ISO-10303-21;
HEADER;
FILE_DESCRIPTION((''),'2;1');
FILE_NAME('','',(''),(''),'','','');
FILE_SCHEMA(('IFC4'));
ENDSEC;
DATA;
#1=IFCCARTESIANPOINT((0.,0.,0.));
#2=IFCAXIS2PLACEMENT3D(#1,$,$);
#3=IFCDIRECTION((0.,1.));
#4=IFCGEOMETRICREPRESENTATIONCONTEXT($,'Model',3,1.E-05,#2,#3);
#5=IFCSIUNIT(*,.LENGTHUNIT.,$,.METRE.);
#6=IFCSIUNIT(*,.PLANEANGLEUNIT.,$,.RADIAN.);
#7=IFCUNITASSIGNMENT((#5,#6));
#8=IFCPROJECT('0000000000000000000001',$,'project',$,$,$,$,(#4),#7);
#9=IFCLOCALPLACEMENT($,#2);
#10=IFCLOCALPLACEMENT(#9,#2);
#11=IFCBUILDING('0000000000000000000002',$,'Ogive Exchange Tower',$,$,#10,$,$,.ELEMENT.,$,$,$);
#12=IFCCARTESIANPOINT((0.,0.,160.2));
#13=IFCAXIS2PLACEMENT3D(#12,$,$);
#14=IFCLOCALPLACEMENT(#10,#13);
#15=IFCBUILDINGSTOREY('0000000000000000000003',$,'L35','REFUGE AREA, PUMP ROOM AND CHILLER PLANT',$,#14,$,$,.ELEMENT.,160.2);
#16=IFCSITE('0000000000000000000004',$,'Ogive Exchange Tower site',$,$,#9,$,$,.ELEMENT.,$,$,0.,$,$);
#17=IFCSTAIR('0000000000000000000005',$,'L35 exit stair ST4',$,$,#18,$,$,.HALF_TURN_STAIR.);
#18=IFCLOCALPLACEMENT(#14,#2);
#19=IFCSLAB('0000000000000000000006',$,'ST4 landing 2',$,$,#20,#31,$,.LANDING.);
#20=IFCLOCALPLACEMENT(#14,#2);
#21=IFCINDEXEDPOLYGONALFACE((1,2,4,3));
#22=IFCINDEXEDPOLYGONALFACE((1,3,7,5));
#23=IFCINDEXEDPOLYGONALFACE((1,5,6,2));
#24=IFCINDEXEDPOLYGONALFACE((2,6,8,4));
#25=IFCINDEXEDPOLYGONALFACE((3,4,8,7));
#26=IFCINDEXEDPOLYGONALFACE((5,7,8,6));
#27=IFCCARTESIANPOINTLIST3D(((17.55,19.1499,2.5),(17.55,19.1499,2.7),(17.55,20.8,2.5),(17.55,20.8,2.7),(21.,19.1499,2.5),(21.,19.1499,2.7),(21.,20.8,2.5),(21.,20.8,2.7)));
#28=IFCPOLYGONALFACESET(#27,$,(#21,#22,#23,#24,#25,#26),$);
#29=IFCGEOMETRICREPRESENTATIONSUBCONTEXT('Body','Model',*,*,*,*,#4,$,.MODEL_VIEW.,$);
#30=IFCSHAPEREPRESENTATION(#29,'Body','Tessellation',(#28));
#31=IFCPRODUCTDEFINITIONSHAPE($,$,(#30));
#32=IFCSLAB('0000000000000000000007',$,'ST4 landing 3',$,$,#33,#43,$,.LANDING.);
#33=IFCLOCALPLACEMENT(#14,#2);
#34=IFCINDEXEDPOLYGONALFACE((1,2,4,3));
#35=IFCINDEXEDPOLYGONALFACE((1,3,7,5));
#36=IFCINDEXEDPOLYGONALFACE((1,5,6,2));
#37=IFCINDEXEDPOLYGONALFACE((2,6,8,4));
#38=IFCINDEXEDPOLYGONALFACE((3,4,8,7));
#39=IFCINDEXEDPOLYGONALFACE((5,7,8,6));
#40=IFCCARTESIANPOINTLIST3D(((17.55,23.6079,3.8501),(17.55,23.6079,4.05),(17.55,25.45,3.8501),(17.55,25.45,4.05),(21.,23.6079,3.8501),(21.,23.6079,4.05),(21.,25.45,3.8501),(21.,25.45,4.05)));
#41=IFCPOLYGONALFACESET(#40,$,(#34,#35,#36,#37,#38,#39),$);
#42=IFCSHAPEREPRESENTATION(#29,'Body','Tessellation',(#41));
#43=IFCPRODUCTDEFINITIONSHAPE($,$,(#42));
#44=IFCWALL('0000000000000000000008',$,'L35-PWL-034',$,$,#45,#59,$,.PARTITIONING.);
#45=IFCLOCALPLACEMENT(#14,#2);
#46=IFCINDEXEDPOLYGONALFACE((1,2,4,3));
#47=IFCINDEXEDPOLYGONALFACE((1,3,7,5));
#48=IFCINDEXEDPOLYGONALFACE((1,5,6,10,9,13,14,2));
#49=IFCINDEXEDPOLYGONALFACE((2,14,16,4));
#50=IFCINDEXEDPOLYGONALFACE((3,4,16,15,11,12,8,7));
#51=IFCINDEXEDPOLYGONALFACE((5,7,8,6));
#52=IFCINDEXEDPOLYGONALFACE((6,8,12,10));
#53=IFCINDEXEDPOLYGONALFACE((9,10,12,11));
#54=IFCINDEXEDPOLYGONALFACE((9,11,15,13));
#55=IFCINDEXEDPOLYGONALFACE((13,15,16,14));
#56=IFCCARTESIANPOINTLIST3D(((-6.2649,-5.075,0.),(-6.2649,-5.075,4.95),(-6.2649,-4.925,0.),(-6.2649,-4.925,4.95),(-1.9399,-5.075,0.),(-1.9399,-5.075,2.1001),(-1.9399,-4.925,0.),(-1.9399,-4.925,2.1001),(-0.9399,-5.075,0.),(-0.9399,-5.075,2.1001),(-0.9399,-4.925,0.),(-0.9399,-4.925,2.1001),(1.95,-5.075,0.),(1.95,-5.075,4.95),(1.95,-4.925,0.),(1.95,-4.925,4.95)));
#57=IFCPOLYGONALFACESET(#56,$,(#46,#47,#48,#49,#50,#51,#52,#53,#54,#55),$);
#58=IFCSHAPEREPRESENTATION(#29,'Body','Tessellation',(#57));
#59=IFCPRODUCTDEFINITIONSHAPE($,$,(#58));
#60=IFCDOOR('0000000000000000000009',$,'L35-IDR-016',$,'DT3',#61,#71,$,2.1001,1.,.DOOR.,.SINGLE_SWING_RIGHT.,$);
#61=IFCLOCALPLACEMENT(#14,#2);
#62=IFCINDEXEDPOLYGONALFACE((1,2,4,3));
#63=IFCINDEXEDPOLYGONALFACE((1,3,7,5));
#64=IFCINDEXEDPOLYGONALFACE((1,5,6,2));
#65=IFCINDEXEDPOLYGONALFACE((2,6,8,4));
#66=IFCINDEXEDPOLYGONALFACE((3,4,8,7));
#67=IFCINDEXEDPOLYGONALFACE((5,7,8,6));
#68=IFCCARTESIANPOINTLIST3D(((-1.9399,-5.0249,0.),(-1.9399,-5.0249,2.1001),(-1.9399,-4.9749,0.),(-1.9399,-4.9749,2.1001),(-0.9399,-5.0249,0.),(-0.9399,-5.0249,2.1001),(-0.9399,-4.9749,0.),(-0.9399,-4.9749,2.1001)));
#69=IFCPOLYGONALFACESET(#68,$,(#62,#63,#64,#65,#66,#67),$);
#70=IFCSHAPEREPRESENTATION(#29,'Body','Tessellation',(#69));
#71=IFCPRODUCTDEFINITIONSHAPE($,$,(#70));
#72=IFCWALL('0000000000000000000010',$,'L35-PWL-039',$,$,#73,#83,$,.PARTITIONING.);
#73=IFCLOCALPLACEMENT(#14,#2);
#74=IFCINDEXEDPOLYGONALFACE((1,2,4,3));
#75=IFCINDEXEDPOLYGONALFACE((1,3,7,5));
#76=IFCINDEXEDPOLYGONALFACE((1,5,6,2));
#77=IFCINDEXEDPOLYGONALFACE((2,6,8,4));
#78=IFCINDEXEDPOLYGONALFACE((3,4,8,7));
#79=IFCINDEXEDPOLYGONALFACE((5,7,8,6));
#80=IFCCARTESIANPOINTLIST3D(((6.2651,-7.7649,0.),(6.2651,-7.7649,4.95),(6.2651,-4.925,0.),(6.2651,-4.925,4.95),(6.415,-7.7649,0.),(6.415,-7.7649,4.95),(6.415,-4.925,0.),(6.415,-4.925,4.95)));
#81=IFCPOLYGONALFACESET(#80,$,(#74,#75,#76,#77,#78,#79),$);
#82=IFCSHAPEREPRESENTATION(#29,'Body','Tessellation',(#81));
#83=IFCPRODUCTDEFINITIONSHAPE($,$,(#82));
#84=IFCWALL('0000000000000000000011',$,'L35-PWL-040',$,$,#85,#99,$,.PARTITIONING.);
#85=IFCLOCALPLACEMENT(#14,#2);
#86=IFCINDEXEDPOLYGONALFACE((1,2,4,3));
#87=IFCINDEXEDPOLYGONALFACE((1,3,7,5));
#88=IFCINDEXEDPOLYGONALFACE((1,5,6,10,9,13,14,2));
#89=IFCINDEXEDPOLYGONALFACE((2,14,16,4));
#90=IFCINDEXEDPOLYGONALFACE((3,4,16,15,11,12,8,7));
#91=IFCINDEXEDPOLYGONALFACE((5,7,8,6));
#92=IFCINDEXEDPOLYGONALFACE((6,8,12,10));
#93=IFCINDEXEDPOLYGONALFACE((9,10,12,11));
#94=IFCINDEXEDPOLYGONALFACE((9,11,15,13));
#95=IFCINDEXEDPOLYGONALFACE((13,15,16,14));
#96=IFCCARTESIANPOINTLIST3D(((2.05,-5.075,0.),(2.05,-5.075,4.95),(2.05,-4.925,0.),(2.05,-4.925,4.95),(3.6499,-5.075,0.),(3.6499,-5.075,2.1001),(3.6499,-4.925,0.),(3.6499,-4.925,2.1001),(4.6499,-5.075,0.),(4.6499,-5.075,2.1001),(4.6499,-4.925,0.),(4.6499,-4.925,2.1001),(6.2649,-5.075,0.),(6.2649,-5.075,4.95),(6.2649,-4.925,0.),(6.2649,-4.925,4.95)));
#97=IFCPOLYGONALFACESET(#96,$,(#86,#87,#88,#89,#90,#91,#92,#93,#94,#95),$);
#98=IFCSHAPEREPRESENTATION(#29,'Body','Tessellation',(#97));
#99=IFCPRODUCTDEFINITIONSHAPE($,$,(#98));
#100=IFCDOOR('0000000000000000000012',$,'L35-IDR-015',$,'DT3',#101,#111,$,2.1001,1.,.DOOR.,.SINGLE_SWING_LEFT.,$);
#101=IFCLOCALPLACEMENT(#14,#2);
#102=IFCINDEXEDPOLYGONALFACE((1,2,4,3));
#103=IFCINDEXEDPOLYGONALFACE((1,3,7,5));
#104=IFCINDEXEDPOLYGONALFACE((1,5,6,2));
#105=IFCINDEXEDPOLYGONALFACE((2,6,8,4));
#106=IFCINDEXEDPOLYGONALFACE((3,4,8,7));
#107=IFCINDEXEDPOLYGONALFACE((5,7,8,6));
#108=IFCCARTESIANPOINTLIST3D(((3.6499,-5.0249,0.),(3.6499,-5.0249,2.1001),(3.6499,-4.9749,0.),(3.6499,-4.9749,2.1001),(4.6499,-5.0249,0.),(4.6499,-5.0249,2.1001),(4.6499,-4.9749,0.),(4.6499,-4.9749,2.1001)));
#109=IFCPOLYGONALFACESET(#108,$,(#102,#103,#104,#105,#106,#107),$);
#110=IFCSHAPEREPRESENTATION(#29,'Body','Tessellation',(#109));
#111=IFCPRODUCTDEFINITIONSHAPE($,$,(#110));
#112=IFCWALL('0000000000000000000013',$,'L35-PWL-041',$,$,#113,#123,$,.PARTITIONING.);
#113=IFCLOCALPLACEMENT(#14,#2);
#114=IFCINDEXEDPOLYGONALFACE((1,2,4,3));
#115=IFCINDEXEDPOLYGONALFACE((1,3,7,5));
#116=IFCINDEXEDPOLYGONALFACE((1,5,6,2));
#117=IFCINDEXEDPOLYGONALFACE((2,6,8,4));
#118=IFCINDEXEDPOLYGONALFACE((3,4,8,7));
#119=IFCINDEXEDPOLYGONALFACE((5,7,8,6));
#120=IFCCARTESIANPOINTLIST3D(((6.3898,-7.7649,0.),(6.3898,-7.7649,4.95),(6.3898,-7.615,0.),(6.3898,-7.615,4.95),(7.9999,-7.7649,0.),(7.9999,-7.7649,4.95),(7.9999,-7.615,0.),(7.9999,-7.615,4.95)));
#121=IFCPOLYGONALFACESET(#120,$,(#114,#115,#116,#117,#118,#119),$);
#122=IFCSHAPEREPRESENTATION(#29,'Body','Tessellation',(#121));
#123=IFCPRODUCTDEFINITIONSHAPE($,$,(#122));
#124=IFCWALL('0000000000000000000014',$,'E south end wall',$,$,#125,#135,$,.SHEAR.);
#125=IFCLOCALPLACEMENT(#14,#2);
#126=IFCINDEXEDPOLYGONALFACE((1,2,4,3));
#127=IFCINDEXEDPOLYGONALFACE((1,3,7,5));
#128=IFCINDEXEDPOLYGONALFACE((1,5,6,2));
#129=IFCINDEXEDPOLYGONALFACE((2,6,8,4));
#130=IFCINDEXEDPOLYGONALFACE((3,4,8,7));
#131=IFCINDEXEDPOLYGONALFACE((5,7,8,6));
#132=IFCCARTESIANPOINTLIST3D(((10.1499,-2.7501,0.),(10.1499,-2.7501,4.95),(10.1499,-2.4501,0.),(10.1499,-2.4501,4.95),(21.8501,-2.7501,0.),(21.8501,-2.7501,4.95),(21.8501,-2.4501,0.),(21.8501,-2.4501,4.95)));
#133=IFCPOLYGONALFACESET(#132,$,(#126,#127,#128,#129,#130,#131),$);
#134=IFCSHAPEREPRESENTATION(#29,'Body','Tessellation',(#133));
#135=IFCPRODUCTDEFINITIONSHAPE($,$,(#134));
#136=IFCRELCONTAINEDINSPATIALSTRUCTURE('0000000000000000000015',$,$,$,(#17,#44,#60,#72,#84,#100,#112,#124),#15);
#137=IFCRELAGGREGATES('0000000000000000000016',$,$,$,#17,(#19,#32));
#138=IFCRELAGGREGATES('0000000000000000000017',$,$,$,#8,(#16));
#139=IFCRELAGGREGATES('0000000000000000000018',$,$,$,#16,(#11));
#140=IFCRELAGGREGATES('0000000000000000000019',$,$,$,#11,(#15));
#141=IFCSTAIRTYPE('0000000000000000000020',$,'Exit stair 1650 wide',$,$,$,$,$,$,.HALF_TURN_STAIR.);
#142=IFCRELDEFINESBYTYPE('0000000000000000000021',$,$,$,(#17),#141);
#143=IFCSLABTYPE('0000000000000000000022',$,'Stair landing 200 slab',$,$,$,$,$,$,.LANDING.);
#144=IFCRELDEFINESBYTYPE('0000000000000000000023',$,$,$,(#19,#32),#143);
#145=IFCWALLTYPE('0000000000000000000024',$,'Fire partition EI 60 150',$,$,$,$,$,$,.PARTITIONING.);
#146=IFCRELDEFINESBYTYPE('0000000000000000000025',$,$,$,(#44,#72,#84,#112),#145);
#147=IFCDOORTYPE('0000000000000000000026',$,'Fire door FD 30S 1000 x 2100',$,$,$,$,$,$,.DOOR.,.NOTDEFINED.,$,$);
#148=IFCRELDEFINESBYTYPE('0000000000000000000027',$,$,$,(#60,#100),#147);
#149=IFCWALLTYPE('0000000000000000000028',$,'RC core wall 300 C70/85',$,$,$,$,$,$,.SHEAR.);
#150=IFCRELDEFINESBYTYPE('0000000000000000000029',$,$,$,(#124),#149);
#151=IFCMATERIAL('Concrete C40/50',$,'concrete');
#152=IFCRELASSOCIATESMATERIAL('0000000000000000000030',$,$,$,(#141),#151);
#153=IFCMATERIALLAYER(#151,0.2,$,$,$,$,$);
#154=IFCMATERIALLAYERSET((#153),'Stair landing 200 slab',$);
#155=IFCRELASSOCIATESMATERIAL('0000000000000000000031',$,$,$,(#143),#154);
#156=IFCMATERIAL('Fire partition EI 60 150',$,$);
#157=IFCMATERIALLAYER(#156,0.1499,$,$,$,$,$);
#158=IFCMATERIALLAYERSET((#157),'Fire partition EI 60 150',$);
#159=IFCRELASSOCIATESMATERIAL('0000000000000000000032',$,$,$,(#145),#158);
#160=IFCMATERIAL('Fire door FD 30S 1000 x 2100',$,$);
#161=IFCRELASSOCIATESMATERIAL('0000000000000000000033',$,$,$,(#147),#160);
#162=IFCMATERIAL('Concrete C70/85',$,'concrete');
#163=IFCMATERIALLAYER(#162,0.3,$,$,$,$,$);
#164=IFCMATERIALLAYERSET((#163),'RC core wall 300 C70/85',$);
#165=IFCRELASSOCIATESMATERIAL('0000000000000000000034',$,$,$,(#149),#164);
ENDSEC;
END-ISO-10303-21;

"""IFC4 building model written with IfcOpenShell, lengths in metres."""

from ifc_helpers import new_model, si_unit, direction, frame, frame_2d, origin, place, context, subcontext, project, spatial, polyline, rectangle, outline, extrude, material, layer, layer_set, type_object, element, fill, aggregate, save


model = new_model("IFC4")

# Units and contexts
model_context = context("Model", 3, precision=1e-05, world=origin(), true_north=direction((0.0, 1.0)))
body_context = subcontext(model_context, "Body", "Model", "MODEL_VIEW")
ifc_project = project(units=[si_unit("LENGTHUNIT", "METRE"), si_unit("PLANEANGLEUNIT", "RADIAN")], contexts=[model_context])

# Site, building, storey
site_placement = place(None, origin())
site = spatial("IfcSite", under=ifc_project, at=site_placement, Name="Ogive Exchange Tower site", CompositionType="ELEMENT", RefElevation=0.0)
building_placement = place(site_placement, origin())
building = spatial("IfcBuilding", under=site, at=building_placement, Name="Ogive Exchange Tower", CompositionType="ELEMENT")
storey_placement = place(building_placement, frame((0.0, 0.0, 160.2)))
storey = spatial("IfcBuildingStorey", under=building, at=storey_placement, Name="L35", Description="REFUGE AREA, PUMP ROOM AND CHILLER PLANT", CompositionType="ELEMENT", Elevation=160.2)

# Shared definitions
ifc_material_1 = material(Name="Concrete C70/85", Category="concrete")

# Stair, slabs
ifc_material_2 = material(Name="Concrete C40/50", Category="concrete")
stair_type = type_object("IfcStairType", Name="Exit stair 1650 wide", PredefinedType="HALF_TURN_STAIR", material=ifc_material_2)
ifc_layer_1 = layer(ifc_material_2, 0.2)
ifc_layer_set_1 = layer_set([ifc_layer_1], Name="Stair landing 200 slab")
slab_type_1 = type_object("IfcSlabType", Name="Stair landing 200 slab", PredefinedType="LANDING", material=ifc_layer_set_1)
stair_1_placement = place(storey_placement, origin())
stair_1 = element("IfcStair", 1, at=stair_1_placement, inside=storey, type_object=stair_type, Name="L35 exit stair ST4", PredefinedType="HALF_TURN_STAIR")
slab_1_placement = place(storey_placement, frame((0.0, 0.0, 2.5)))
slab_1 = element("IfcSlab", 2, at=slab_1_placement, type_object=slab_type_1, Name="ST4 landing 2", PredefinedType="LANDING", context=body_context, shape_type="SweptSolid", body=[
    extrude(outline(polyline([(21.0, 19.1499), (21.0, 20.8), (17.55, 20.8), (17.55, 19.1499), (21.0, 19.1499)])), origin(), (0.0, 0.0, 1.0), 0.2),
])
slab_2_placement = place(storey_placement, frame((0.0, 0.0, 3.8501)))
slab_2 = element("IfcSlab", 3, at=slab_2_placement, type_object=slab_type_1, Name="ST4 landing 3", PredefinedType="LANDING", context=body_context, shape_type="SweptSolid", body=[
    extrude(outline(polyline([(21.0, 23.6079), (21.0, 25.45), (17.55, 25.45), (17.55, 23.6079), (21.0, 23.6079)])), origin(), (0.0, 0.0, 1.0), 0.2),
])
aggregate(stair_1, [slab_1, slab_2])

# Wall, opening, door
ifc_material_3 = material(Name="Fire partition EI 60 150")
ifc_layer_2 = layer(ifc_material_3, 0.1499)
ifc_layer_set_2 = layer_set([ifc_layer_2], Name="Fire partition EI 60 150")
wall_type_1 = type_object("IfcWallType", Name="Fire partition EI 60 150", PredefinedType="PARTITIONING", material=ifc_layer_set_2)
wall_1_placement = place(storey_placement, frame((1.95, -5.0, 0.0), z_axis=(0.0, 0.0, 1.0), x_axis=(-1.0, 0.0, 0.0)))
wall_1 = element("IfcWall", 4, at=wall_1_placement, inside=storey, type_object=wall_type_1, Name="L35-PWL-034", PredefinedType="PARTITIONING", context=body_context, shape_type="SweptSolid", body=[
    extrude(rectangle(XDim=8.2148, YDim=0.1499, at=frame_2d((4.1074, 0.0))), origin(), (0.0, 0.0, 1.0), 4.95),
])
opening_1_placement = place(wall_1_placement, frame((2.8899, 0.0, 0.0)))
opening_1 = element("IfcOpeningElement", 5, at=opening_1_placement, cuts=wall_1, PredefinedType="OPENING", context=body_context, shape_type="SweptSolid", body=[
    extrude(rectangle(XDim=1.0, YDim=2.1001, at=frame_2d((0.5, 1.05))), frame((0.0, 0.085, 0.0), z_axis=(0.0, -1.0, 0.0), x_axis=(1.0, 0.0, 0.0)), (0.0, 0.0, 1.0), 0.1699),
])
ifc_material_4 = material(Name="Fire door FD 30S 1000 x 2100")
door_type = type_object("IfcDoorType", Name="Fire door FD 30S 1000 x 2100", OperationType="NOTDEFINED", PredefinedType="DOOR", material=ifc_material_4)
door_1_placement = place(opening_1_placement, origin())
door_1 = element("IfcDoor", 6, at=door_1_placement, inside=storey, type_object=door_type, Name="L35-IDR-016", ObjectType="DT3", OperationType="SINGLE_SWING_RIGHT", OverallHeight=2.1001, OverallWidth=1.0, PredefinedType="DOOR", context=body_context, shape_type="SweptSolid", body=[
    extrude(rectangle(XDim=1.0, YDim=2.1001, at=frame_2d((0.5, 1.05))), frame((0.0, 0.0249, 0.0), z_axis=(0.0, -1.0, 0.0), x_axis=(1.0, 0.0, 0.0)), (0.0, 0.0, 1.0), 0.05),
])
fill(opening_1, door_1)

# Wall
wall_2_placement = place(storey_placement, frame((6.3401, -7.7649, 0.0), z_axis=(0.0, 0.0, 1.0), x_axis=(0.0, 1.0, 0.0)))
element("IfcWall", 7, at=wall_2_placement, inside=storey, type_object=wall_type_1, Name="L35-PWL-039", PredefinedType="PARTITIONING", context=body_context, shape_type="SweptSolid", body=[
    extrude(rectangle(XDim=2.8398, YDim=0.1499, at=frame_2d((1.4199, 0.0))), origin(), (0.0, 0.0, 1.0), 4.95),
])

# Wall, opening, door
wall_3_placement = place(storey_placement, frame((6.2649, -5.0, 0.0), z_axis=(0.0, 0.0, 1.0), x_axis=(-1.0, 0.0, 0.0)))
wall_3 = element("IfcWall", 8, at=wall_3_placement, inside=storey, type_object=wall_type_1, Name="L35-PWL-040", PredefinedType="PARTITIONING", context=body_context, shape_type="SweptSolid", body=[
    extrude(rectangle(XDim=4.2148, YDim=0.1499, at=frame_2d((2.1074, 0.0))), origin(), (0.0, 0.0, 1.0), 4.95),
])
opening_2_placement = place(wall_3_placement, frame((1.615, 0.0, 0.0)))
opening_2 = element("IfcOpeningElement", 9, at=opening_2_placement, cuts=wall_3, PredefinedType="OPENING", context=body_context, shape_type="SweptSolid", body=[
    extrude(rectangle(XDim=1.0, YDim=2.1001, at=frame_2d((0.5, 1.05))), frame((0.0, 0.085, 0.0), z_axis=(0.0, -1.0, 0.0), x_axis=(1.0, 0.0, 0.0)), (0.0, 0.0, 1.0), 0.1699),
])
door_2_placement = place(opening_2_placement, origin())
door_2 = element("IfcDoor", 10, at=door_2_placement, inside=storey, type_object=door_type, Name="L35-IDR-015", ObjectType="DT3", OperationType="SINGLE_SWING_LEFT", OverallHeight=2.1001, OverallWidth=1.0, PredefinedType="DOOR", context=body_context, shape_type="SweptSolid", body=[
    extrude(rectangle(XDim=1.0, YDim=2.1001, at=frame_2d((0.5, 1.05))), frame((0.0, 0.0249, 0.0), z_axis=(0.0, -1.0, 0.0), x_axis=(1.0, 0.0, 0.0)), (0.0, 0.0, 1.0), 0.05),
])
fill(opening_2, door_2)

# Walls
wall_4_placement = place(storey_placement, frame((8.0, -7.6899, 0.0), z_axis=(0.0, 0.0, 1.0), x_axis=(-1.0, 0.0, 0.0)))
element("IfcWall", 11, at=wall_4_placement, inside=storey, type_object=wall_type_1, Name="L35-PWL-041", PredefinedType="PARTITIONING", context=body_context, shape_type="SweptSolid", body=[
    extrude(rectangle(XDim=1.6101, YDim=0.1499, at=frame_2d((0.8052, 0.0))), origin(), (0.0, 0.0, 1.0), 4.95),
])
ifc_layer_3 = layer(ifc_material_1, 0.3)
ifc_layer_set_3 = layer_set([ifc_layer_3], Name="RC core wall 300 C70/85")
wall_type_2 = type_object("IfcWallType", Name="RC core wall 300 C70/85", PredefinedType="SHEAR", material=ifc_layer_set_3)
wall_5_placement = place(storey_placement, frame((10.1499, -2.6001, 0.0), z_axis=(0.0, 0.0, 1.0), x_axis=(1.0, 0.0, 0.0)))
element("IfcWall", 12, at=wall_5_placement, inside=storey, type_object=wall_type_2, Name="E south end wall", PredefinedType="SHEAR", context=body_context, shape_type="SweptSolid", body=[
    extrude(rectangle(XDim=11.7002, YDim=0.3, at=frame_2d((5.8501, 0.0))), origin(), (0.0, 0.0, 1.0), 4.95),
])

save(model, "model.ifc")
